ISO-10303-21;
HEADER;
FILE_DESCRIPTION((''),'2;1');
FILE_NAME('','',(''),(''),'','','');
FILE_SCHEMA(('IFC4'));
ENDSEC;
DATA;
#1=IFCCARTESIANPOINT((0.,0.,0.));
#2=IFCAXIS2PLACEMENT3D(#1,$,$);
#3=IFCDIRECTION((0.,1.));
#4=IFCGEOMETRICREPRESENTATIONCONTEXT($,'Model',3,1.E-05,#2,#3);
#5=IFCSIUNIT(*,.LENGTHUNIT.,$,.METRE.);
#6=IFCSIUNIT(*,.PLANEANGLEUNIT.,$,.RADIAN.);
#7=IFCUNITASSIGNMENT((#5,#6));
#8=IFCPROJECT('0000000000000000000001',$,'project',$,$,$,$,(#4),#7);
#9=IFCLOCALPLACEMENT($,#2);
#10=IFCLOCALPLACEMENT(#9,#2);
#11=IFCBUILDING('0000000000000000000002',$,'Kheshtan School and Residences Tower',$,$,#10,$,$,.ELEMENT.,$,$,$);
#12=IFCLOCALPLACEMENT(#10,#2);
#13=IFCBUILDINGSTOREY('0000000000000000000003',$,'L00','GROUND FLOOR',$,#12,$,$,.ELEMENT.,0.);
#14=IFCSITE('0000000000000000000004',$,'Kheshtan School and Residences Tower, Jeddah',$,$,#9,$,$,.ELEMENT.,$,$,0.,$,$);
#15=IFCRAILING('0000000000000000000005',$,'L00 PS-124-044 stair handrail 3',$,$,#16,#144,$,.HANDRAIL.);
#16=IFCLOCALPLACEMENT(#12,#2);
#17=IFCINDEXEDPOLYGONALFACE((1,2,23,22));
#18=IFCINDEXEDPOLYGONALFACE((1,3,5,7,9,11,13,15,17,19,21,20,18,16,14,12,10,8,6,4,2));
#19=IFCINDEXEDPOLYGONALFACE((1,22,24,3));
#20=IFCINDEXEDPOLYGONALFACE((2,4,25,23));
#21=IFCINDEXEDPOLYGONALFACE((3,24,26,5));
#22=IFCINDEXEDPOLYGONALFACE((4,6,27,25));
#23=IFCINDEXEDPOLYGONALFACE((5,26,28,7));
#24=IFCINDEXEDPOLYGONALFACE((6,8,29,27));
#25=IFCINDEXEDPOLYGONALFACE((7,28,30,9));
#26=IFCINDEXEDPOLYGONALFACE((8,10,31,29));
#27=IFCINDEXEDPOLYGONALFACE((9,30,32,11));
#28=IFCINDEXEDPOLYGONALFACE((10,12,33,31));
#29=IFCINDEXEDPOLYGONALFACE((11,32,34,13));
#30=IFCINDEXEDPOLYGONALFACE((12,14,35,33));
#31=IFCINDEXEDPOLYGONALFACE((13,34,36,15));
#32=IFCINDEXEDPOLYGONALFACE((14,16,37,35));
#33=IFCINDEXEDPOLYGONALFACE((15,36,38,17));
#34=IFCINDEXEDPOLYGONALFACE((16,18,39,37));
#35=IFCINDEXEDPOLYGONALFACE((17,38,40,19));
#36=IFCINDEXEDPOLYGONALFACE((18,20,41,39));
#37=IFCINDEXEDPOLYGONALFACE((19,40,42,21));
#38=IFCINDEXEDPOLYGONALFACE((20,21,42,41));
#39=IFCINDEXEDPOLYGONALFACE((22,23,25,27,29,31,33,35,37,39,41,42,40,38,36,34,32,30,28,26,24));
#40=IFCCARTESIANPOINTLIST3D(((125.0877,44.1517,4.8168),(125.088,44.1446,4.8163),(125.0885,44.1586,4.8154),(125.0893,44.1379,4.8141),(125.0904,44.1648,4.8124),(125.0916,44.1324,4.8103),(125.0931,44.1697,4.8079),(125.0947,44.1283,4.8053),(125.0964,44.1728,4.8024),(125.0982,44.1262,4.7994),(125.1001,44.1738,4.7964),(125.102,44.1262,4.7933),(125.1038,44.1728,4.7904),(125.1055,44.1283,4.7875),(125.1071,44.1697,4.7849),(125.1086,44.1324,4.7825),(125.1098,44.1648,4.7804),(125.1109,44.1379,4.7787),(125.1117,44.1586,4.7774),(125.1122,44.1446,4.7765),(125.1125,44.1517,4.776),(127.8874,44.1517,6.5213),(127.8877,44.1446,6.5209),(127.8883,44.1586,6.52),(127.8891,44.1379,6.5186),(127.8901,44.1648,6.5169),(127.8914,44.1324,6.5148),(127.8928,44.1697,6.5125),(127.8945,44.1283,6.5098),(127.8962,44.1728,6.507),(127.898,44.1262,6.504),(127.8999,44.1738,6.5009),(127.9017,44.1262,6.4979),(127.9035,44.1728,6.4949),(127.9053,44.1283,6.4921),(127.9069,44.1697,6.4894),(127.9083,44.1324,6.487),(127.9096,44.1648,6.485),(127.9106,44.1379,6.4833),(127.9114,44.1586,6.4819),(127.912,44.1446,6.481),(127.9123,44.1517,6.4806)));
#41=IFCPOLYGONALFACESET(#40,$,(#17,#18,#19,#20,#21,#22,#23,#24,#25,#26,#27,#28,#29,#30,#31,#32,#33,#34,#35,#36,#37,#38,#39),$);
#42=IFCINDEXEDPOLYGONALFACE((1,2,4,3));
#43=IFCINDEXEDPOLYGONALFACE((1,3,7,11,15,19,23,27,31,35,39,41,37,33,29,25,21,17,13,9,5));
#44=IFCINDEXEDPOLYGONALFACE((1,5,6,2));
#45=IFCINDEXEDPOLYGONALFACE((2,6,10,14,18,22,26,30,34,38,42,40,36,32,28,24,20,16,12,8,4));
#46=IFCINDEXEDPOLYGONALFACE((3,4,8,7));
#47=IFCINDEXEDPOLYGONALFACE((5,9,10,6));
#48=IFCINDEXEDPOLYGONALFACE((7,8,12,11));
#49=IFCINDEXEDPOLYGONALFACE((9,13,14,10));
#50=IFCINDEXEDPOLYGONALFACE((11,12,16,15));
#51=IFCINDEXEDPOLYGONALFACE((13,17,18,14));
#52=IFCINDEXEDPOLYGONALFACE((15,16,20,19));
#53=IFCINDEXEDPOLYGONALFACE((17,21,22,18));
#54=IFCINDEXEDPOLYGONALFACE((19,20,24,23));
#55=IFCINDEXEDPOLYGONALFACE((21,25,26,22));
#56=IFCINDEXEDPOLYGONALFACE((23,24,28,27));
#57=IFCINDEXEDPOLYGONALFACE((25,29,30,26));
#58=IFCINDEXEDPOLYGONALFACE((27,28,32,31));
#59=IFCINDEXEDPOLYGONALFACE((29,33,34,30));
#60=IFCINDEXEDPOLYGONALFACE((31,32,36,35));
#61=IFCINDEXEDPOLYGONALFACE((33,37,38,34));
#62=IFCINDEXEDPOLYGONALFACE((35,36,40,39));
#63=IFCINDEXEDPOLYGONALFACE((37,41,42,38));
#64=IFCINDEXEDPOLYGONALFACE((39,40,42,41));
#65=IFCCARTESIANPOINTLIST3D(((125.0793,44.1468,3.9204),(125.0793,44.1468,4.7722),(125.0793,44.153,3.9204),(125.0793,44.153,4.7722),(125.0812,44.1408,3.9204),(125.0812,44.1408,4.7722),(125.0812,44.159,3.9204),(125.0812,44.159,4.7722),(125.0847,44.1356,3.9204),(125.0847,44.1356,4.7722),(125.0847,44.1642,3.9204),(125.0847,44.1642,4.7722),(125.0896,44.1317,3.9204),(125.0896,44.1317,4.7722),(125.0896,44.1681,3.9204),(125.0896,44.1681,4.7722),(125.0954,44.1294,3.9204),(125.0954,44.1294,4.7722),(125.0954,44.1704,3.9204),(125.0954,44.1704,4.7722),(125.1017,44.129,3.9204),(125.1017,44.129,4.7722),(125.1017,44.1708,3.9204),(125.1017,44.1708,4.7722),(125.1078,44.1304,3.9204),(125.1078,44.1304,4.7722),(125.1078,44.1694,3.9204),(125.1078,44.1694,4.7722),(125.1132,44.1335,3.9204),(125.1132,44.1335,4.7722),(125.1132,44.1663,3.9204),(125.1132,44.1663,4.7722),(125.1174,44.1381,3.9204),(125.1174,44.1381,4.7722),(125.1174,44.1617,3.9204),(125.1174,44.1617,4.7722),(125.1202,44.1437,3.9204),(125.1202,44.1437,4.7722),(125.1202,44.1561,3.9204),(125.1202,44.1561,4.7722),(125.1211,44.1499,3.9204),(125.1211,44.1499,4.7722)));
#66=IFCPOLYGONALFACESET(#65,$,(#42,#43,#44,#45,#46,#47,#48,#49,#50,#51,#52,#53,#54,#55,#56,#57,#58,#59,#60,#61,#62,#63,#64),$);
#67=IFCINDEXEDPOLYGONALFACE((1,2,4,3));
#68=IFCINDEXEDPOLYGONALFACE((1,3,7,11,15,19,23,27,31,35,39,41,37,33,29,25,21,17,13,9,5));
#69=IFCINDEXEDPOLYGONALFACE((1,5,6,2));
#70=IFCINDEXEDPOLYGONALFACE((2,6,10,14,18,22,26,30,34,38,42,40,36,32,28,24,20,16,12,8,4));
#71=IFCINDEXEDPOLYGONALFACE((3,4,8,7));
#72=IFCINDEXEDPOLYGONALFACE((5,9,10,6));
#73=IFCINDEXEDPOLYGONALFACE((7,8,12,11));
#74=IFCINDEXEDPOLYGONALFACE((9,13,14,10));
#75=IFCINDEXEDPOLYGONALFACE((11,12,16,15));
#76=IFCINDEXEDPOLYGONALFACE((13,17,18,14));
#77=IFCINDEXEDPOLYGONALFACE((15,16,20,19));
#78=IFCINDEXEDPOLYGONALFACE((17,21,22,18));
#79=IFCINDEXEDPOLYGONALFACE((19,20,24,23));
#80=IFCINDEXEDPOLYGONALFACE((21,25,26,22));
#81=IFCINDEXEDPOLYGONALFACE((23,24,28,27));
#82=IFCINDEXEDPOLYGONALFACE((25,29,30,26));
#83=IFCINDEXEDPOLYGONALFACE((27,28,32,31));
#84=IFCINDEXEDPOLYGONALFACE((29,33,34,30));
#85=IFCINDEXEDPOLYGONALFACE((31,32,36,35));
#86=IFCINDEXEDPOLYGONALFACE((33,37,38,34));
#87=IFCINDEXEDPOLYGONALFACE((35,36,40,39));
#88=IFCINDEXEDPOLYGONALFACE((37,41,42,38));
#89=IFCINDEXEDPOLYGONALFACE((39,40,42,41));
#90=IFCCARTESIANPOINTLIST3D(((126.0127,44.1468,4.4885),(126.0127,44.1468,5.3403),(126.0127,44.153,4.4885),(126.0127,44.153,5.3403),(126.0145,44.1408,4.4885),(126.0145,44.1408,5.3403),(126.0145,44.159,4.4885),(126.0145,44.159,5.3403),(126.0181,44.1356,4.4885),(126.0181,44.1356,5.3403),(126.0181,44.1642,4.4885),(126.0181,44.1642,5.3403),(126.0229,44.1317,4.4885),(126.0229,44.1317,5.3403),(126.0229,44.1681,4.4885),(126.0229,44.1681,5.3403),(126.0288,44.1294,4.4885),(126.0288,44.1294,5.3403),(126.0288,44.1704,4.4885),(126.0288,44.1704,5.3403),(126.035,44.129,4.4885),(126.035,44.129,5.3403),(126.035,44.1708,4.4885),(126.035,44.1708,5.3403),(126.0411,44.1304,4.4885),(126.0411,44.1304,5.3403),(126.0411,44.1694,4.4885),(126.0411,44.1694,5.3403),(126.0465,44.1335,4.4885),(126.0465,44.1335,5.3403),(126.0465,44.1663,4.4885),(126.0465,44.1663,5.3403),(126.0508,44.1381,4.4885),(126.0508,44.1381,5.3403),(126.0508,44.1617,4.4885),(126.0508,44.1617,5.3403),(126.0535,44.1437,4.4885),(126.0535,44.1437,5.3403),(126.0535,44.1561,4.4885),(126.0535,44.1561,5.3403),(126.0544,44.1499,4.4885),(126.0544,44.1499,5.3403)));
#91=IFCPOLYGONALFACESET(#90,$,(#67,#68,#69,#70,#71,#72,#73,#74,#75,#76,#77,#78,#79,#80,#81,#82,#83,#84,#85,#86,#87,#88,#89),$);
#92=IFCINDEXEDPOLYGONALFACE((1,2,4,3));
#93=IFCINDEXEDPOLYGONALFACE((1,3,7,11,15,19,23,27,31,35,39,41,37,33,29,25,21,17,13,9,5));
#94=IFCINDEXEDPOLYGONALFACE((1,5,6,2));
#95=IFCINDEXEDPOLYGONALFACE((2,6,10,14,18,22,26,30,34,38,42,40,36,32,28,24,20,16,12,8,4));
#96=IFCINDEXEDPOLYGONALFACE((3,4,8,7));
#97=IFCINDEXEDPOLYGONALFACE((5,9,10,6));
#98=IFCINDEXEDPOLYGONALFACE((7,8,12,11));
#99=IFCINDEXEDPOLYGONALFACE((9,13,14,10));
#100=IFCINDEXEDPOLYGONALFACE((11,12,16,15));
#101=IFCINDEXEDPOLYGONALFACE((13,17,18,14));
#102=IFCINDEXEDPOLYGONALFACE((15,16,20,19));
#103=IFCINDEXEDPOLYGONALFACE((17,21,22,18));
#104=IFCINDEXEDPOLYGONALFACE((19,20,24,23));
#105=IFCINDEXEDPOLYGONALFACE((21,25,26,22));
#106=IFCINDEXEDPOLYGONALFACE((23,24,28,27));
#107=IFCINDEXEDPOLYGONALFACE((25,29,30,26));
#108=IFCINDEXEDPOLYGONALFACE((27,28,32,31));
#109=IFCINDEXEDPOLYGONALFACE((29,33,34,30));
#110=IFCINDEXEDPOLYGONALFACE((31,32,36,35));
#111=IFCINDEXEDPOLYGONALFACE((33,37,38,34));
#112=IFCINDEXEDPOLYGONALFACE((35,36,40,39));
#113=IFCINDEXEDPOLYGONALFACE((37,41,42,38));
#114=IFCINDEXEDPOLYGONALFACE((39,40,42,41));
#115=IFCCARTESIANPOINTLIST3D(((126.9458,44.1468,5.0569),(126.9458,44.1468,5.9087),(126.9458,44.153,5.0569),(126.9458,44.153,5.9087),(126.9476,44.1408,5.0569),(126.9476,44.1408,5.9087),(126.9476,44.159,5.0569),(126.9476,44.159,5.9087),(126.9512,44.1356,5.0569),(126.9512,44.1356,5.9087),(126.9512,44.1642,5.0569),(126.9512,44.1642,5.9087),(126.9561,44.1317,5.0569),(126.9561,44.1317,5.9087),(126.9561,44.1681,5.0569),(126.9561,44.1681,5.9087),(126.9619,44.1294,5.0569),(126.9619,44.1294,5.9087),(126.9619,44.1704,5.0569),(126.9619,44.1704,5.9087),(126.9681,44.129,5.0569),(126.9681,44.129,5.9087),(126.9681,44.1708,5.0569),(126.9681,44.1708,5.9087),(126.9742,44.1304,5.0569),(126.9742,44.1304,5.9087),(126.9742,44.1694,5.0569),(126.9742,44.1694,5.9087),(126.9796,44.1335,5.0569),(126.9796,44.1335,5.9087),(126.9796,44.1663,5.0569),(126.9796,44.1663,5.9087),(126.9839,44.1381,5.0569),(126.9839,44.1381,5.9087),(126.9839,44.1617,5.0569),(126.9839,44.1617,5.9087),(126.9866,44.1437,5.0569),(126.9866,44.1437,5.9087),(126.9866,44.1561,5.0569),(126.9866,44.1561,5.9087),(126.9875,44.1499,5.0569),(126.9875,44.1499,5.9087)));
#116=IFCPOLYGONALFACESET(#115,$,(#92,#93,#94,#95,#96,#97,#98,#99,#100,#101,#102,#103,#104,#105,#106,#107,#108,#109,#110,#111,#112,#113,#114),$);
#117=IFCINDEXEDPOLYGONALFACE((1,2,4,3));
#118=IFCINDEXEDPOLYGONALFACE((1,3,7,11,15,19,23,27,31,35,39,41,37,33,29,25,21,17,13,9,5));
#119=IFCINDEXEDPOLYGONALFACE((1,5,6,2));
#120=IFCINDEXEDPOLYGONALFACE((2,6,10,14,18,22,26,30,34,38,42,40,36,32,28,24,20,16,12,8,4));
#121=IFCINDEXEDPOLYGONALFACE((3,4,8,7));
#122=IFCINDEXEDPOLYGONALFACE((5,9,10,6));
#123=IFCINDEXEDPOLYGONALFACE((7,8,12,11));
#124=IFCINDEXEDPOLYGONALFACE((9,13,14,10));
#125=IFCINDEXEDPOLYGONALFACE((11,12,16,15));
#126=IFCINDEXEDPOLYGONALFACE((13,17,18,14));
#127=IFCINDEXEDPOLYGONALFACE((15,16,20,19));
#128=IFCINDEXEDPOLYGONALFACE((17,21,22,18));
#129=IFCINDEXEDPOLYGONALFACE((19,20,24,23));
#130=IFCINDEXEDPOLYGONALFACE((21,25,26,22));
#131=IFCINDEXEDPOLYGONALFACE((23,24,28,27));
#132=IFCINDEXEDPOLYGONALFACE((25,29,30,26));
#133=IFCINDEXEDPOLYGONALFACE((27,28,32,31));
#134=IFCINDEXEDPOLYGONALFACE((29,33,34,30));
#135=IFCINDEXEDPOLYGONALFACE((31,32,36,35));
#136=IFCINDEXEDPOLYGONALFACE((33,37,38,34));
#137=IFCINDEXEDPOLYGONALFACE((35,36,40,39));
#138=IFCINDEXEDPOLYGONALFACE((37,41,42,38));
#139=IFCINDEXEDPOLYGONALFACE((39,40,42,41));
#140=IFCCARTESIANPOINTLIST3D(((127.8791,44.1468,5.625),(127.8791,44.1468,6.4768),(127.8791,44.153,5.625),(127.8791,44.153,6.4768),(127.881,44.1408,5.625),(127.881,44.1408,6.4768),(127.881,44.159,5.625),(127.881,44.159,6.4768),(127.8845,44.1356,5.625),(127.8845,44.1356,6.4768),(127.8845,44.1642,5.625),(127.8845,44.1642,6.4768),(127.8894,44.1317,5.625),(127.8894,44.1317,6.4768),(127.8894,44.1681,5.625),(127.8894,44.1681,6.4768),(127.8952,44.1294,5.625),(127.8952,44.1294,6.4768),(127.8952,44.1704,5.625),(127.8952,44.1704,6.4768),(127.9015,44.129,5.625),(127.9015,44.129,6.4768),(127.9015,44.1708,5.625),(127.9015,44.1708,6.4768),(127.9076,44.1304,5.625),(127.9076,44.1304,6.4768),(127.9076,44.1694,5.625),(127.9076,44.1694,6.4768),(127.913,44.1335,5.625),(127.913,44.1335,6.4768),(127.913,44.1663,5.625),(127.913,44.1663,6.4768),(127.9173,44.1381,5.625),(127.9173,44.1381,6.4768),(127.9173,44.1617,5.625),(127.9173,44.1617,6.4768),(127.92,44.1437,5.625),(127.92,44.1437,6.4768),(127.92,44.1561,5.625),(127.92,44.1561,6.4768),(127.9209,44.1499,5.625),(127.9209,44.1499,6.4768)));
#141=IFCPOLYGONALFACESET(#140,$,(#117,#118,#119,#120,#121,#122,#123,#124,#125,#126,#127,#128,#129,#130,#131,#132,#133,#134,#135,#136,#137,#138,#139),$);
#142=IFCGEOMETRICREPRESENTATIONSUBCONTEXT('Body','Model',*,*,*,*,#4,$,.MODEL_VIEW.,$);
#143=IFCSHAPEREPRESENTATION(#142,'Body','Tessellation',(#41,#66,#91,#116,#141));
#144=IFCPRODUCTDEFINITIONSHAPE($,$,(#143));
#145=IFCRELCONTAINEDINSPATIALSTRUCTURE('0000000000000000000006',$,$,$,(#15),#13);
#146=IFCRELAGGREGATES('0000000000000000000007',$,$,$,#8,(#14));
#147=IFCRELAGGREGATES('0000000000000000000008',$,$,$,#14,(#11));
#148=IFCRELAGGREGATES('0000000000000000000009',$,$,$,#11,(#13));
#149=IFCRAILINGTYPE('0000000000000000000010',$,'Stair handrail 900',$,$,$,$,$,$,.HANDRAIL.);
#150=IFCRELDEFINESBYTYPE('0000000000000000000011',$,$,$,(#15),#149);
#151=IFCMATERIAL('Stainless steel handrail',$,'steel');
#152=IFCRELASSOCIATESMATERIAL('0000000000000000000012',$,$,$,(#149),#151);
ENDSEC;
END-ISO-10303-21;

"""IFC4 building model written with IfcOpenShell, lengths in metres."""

from ifc_helpers import new_model, si_unit, direction, frame, origin, origin_2d, place, context, subcontext, project, spatial, circle, extrude, material, type_object, element, save


model = new_model("IFC4")

# Units and contexts
model_context = context("Model", 3, precision=1e-05, world=origin(), true_north=direction((0.0, 1.0)))
body_context = subcontext(model_context, "Body", "Model", "MODEL_VIEW")
ifc_project = project(units=[si_unit("LENGTHUNIT", "METRE"), si_unit("PLANEANGLEUNIT", "RADIAN")], contexts=[model_context])

# Site, building, storey
site_placement = place(None, origin())
site = spatial("IfcSite", under=ifc_project, at=site_placement, Name="Kheshtan School and Residences Tower, Jeddah", CompositionType="ELEMENT", RefElevation=0.0)
building_placement = place(site_placement, origin())
building = spatial("IfcBuilding", under=site, at=building_placement, Name="Kheshtan School and Residences Tower", CompositionType="ELEMENT")
storey_placement = place(building_placement, origin())
storey = spatial("IfcBuildingStorey", under=building, at=storey_placement, Name="L00", Description="GROUND FLOOR", CompositionType="ELEMENT", Elevation=0.0)

# Railing
ifc_material_1 = material(Name="Stainless steel handrail", Category="steel")
railing_type = type_object("IfcRailingType", Name="Stair handrail 900", PredefinedType="HANDRAIL", material=ifc_material_1)
for number, where, name in (
    (1, (125.1001, 44.1499, 3.9204), "L00 PS-124-044 stair handrail 3"),
):
    element("IfcRailing", number, at=place(storey_placement, frame(where)), inside=storey, type_object=railing_type, Name=name, PredefinedType="HANDRAIL", context=body_context, shape_type="SweptSolid", body=[
        extrude(circle(Radius=0.0239, at=origin_2d()), frame((0.0, 0.0, 0.876), z_axis=(0.85415, 0.0, 0.520027), x_axis=(0.0, 1.0, 0.0)), (0.0, 0.0, 1.0), 3.2778),
        extrude(circle(Radius=0.021, at=origin_2d()), origin(), (0.0, 0.0, 1.0), 0.8518),
        extrude(circle(Radius=0.021, at=origin_2d()), frame((0.9333, 0.0, 0.5681)), (0.0, 0.0, 1.0), 0.8518),
        extrude(circle(Radius=0.021, at=origin_2d()), frame((1.8665, 0.0, 1.1365)), (0.0, 0.0, 1.0), 0.8518),
        extrude(circle(Radius=0.021, at=origin_2d()), frame((2.7998, 0.0, 1.7046)), (0.0, 0.0, 1.0), 0.8518),
    ])

save(model, "model.ifc")
